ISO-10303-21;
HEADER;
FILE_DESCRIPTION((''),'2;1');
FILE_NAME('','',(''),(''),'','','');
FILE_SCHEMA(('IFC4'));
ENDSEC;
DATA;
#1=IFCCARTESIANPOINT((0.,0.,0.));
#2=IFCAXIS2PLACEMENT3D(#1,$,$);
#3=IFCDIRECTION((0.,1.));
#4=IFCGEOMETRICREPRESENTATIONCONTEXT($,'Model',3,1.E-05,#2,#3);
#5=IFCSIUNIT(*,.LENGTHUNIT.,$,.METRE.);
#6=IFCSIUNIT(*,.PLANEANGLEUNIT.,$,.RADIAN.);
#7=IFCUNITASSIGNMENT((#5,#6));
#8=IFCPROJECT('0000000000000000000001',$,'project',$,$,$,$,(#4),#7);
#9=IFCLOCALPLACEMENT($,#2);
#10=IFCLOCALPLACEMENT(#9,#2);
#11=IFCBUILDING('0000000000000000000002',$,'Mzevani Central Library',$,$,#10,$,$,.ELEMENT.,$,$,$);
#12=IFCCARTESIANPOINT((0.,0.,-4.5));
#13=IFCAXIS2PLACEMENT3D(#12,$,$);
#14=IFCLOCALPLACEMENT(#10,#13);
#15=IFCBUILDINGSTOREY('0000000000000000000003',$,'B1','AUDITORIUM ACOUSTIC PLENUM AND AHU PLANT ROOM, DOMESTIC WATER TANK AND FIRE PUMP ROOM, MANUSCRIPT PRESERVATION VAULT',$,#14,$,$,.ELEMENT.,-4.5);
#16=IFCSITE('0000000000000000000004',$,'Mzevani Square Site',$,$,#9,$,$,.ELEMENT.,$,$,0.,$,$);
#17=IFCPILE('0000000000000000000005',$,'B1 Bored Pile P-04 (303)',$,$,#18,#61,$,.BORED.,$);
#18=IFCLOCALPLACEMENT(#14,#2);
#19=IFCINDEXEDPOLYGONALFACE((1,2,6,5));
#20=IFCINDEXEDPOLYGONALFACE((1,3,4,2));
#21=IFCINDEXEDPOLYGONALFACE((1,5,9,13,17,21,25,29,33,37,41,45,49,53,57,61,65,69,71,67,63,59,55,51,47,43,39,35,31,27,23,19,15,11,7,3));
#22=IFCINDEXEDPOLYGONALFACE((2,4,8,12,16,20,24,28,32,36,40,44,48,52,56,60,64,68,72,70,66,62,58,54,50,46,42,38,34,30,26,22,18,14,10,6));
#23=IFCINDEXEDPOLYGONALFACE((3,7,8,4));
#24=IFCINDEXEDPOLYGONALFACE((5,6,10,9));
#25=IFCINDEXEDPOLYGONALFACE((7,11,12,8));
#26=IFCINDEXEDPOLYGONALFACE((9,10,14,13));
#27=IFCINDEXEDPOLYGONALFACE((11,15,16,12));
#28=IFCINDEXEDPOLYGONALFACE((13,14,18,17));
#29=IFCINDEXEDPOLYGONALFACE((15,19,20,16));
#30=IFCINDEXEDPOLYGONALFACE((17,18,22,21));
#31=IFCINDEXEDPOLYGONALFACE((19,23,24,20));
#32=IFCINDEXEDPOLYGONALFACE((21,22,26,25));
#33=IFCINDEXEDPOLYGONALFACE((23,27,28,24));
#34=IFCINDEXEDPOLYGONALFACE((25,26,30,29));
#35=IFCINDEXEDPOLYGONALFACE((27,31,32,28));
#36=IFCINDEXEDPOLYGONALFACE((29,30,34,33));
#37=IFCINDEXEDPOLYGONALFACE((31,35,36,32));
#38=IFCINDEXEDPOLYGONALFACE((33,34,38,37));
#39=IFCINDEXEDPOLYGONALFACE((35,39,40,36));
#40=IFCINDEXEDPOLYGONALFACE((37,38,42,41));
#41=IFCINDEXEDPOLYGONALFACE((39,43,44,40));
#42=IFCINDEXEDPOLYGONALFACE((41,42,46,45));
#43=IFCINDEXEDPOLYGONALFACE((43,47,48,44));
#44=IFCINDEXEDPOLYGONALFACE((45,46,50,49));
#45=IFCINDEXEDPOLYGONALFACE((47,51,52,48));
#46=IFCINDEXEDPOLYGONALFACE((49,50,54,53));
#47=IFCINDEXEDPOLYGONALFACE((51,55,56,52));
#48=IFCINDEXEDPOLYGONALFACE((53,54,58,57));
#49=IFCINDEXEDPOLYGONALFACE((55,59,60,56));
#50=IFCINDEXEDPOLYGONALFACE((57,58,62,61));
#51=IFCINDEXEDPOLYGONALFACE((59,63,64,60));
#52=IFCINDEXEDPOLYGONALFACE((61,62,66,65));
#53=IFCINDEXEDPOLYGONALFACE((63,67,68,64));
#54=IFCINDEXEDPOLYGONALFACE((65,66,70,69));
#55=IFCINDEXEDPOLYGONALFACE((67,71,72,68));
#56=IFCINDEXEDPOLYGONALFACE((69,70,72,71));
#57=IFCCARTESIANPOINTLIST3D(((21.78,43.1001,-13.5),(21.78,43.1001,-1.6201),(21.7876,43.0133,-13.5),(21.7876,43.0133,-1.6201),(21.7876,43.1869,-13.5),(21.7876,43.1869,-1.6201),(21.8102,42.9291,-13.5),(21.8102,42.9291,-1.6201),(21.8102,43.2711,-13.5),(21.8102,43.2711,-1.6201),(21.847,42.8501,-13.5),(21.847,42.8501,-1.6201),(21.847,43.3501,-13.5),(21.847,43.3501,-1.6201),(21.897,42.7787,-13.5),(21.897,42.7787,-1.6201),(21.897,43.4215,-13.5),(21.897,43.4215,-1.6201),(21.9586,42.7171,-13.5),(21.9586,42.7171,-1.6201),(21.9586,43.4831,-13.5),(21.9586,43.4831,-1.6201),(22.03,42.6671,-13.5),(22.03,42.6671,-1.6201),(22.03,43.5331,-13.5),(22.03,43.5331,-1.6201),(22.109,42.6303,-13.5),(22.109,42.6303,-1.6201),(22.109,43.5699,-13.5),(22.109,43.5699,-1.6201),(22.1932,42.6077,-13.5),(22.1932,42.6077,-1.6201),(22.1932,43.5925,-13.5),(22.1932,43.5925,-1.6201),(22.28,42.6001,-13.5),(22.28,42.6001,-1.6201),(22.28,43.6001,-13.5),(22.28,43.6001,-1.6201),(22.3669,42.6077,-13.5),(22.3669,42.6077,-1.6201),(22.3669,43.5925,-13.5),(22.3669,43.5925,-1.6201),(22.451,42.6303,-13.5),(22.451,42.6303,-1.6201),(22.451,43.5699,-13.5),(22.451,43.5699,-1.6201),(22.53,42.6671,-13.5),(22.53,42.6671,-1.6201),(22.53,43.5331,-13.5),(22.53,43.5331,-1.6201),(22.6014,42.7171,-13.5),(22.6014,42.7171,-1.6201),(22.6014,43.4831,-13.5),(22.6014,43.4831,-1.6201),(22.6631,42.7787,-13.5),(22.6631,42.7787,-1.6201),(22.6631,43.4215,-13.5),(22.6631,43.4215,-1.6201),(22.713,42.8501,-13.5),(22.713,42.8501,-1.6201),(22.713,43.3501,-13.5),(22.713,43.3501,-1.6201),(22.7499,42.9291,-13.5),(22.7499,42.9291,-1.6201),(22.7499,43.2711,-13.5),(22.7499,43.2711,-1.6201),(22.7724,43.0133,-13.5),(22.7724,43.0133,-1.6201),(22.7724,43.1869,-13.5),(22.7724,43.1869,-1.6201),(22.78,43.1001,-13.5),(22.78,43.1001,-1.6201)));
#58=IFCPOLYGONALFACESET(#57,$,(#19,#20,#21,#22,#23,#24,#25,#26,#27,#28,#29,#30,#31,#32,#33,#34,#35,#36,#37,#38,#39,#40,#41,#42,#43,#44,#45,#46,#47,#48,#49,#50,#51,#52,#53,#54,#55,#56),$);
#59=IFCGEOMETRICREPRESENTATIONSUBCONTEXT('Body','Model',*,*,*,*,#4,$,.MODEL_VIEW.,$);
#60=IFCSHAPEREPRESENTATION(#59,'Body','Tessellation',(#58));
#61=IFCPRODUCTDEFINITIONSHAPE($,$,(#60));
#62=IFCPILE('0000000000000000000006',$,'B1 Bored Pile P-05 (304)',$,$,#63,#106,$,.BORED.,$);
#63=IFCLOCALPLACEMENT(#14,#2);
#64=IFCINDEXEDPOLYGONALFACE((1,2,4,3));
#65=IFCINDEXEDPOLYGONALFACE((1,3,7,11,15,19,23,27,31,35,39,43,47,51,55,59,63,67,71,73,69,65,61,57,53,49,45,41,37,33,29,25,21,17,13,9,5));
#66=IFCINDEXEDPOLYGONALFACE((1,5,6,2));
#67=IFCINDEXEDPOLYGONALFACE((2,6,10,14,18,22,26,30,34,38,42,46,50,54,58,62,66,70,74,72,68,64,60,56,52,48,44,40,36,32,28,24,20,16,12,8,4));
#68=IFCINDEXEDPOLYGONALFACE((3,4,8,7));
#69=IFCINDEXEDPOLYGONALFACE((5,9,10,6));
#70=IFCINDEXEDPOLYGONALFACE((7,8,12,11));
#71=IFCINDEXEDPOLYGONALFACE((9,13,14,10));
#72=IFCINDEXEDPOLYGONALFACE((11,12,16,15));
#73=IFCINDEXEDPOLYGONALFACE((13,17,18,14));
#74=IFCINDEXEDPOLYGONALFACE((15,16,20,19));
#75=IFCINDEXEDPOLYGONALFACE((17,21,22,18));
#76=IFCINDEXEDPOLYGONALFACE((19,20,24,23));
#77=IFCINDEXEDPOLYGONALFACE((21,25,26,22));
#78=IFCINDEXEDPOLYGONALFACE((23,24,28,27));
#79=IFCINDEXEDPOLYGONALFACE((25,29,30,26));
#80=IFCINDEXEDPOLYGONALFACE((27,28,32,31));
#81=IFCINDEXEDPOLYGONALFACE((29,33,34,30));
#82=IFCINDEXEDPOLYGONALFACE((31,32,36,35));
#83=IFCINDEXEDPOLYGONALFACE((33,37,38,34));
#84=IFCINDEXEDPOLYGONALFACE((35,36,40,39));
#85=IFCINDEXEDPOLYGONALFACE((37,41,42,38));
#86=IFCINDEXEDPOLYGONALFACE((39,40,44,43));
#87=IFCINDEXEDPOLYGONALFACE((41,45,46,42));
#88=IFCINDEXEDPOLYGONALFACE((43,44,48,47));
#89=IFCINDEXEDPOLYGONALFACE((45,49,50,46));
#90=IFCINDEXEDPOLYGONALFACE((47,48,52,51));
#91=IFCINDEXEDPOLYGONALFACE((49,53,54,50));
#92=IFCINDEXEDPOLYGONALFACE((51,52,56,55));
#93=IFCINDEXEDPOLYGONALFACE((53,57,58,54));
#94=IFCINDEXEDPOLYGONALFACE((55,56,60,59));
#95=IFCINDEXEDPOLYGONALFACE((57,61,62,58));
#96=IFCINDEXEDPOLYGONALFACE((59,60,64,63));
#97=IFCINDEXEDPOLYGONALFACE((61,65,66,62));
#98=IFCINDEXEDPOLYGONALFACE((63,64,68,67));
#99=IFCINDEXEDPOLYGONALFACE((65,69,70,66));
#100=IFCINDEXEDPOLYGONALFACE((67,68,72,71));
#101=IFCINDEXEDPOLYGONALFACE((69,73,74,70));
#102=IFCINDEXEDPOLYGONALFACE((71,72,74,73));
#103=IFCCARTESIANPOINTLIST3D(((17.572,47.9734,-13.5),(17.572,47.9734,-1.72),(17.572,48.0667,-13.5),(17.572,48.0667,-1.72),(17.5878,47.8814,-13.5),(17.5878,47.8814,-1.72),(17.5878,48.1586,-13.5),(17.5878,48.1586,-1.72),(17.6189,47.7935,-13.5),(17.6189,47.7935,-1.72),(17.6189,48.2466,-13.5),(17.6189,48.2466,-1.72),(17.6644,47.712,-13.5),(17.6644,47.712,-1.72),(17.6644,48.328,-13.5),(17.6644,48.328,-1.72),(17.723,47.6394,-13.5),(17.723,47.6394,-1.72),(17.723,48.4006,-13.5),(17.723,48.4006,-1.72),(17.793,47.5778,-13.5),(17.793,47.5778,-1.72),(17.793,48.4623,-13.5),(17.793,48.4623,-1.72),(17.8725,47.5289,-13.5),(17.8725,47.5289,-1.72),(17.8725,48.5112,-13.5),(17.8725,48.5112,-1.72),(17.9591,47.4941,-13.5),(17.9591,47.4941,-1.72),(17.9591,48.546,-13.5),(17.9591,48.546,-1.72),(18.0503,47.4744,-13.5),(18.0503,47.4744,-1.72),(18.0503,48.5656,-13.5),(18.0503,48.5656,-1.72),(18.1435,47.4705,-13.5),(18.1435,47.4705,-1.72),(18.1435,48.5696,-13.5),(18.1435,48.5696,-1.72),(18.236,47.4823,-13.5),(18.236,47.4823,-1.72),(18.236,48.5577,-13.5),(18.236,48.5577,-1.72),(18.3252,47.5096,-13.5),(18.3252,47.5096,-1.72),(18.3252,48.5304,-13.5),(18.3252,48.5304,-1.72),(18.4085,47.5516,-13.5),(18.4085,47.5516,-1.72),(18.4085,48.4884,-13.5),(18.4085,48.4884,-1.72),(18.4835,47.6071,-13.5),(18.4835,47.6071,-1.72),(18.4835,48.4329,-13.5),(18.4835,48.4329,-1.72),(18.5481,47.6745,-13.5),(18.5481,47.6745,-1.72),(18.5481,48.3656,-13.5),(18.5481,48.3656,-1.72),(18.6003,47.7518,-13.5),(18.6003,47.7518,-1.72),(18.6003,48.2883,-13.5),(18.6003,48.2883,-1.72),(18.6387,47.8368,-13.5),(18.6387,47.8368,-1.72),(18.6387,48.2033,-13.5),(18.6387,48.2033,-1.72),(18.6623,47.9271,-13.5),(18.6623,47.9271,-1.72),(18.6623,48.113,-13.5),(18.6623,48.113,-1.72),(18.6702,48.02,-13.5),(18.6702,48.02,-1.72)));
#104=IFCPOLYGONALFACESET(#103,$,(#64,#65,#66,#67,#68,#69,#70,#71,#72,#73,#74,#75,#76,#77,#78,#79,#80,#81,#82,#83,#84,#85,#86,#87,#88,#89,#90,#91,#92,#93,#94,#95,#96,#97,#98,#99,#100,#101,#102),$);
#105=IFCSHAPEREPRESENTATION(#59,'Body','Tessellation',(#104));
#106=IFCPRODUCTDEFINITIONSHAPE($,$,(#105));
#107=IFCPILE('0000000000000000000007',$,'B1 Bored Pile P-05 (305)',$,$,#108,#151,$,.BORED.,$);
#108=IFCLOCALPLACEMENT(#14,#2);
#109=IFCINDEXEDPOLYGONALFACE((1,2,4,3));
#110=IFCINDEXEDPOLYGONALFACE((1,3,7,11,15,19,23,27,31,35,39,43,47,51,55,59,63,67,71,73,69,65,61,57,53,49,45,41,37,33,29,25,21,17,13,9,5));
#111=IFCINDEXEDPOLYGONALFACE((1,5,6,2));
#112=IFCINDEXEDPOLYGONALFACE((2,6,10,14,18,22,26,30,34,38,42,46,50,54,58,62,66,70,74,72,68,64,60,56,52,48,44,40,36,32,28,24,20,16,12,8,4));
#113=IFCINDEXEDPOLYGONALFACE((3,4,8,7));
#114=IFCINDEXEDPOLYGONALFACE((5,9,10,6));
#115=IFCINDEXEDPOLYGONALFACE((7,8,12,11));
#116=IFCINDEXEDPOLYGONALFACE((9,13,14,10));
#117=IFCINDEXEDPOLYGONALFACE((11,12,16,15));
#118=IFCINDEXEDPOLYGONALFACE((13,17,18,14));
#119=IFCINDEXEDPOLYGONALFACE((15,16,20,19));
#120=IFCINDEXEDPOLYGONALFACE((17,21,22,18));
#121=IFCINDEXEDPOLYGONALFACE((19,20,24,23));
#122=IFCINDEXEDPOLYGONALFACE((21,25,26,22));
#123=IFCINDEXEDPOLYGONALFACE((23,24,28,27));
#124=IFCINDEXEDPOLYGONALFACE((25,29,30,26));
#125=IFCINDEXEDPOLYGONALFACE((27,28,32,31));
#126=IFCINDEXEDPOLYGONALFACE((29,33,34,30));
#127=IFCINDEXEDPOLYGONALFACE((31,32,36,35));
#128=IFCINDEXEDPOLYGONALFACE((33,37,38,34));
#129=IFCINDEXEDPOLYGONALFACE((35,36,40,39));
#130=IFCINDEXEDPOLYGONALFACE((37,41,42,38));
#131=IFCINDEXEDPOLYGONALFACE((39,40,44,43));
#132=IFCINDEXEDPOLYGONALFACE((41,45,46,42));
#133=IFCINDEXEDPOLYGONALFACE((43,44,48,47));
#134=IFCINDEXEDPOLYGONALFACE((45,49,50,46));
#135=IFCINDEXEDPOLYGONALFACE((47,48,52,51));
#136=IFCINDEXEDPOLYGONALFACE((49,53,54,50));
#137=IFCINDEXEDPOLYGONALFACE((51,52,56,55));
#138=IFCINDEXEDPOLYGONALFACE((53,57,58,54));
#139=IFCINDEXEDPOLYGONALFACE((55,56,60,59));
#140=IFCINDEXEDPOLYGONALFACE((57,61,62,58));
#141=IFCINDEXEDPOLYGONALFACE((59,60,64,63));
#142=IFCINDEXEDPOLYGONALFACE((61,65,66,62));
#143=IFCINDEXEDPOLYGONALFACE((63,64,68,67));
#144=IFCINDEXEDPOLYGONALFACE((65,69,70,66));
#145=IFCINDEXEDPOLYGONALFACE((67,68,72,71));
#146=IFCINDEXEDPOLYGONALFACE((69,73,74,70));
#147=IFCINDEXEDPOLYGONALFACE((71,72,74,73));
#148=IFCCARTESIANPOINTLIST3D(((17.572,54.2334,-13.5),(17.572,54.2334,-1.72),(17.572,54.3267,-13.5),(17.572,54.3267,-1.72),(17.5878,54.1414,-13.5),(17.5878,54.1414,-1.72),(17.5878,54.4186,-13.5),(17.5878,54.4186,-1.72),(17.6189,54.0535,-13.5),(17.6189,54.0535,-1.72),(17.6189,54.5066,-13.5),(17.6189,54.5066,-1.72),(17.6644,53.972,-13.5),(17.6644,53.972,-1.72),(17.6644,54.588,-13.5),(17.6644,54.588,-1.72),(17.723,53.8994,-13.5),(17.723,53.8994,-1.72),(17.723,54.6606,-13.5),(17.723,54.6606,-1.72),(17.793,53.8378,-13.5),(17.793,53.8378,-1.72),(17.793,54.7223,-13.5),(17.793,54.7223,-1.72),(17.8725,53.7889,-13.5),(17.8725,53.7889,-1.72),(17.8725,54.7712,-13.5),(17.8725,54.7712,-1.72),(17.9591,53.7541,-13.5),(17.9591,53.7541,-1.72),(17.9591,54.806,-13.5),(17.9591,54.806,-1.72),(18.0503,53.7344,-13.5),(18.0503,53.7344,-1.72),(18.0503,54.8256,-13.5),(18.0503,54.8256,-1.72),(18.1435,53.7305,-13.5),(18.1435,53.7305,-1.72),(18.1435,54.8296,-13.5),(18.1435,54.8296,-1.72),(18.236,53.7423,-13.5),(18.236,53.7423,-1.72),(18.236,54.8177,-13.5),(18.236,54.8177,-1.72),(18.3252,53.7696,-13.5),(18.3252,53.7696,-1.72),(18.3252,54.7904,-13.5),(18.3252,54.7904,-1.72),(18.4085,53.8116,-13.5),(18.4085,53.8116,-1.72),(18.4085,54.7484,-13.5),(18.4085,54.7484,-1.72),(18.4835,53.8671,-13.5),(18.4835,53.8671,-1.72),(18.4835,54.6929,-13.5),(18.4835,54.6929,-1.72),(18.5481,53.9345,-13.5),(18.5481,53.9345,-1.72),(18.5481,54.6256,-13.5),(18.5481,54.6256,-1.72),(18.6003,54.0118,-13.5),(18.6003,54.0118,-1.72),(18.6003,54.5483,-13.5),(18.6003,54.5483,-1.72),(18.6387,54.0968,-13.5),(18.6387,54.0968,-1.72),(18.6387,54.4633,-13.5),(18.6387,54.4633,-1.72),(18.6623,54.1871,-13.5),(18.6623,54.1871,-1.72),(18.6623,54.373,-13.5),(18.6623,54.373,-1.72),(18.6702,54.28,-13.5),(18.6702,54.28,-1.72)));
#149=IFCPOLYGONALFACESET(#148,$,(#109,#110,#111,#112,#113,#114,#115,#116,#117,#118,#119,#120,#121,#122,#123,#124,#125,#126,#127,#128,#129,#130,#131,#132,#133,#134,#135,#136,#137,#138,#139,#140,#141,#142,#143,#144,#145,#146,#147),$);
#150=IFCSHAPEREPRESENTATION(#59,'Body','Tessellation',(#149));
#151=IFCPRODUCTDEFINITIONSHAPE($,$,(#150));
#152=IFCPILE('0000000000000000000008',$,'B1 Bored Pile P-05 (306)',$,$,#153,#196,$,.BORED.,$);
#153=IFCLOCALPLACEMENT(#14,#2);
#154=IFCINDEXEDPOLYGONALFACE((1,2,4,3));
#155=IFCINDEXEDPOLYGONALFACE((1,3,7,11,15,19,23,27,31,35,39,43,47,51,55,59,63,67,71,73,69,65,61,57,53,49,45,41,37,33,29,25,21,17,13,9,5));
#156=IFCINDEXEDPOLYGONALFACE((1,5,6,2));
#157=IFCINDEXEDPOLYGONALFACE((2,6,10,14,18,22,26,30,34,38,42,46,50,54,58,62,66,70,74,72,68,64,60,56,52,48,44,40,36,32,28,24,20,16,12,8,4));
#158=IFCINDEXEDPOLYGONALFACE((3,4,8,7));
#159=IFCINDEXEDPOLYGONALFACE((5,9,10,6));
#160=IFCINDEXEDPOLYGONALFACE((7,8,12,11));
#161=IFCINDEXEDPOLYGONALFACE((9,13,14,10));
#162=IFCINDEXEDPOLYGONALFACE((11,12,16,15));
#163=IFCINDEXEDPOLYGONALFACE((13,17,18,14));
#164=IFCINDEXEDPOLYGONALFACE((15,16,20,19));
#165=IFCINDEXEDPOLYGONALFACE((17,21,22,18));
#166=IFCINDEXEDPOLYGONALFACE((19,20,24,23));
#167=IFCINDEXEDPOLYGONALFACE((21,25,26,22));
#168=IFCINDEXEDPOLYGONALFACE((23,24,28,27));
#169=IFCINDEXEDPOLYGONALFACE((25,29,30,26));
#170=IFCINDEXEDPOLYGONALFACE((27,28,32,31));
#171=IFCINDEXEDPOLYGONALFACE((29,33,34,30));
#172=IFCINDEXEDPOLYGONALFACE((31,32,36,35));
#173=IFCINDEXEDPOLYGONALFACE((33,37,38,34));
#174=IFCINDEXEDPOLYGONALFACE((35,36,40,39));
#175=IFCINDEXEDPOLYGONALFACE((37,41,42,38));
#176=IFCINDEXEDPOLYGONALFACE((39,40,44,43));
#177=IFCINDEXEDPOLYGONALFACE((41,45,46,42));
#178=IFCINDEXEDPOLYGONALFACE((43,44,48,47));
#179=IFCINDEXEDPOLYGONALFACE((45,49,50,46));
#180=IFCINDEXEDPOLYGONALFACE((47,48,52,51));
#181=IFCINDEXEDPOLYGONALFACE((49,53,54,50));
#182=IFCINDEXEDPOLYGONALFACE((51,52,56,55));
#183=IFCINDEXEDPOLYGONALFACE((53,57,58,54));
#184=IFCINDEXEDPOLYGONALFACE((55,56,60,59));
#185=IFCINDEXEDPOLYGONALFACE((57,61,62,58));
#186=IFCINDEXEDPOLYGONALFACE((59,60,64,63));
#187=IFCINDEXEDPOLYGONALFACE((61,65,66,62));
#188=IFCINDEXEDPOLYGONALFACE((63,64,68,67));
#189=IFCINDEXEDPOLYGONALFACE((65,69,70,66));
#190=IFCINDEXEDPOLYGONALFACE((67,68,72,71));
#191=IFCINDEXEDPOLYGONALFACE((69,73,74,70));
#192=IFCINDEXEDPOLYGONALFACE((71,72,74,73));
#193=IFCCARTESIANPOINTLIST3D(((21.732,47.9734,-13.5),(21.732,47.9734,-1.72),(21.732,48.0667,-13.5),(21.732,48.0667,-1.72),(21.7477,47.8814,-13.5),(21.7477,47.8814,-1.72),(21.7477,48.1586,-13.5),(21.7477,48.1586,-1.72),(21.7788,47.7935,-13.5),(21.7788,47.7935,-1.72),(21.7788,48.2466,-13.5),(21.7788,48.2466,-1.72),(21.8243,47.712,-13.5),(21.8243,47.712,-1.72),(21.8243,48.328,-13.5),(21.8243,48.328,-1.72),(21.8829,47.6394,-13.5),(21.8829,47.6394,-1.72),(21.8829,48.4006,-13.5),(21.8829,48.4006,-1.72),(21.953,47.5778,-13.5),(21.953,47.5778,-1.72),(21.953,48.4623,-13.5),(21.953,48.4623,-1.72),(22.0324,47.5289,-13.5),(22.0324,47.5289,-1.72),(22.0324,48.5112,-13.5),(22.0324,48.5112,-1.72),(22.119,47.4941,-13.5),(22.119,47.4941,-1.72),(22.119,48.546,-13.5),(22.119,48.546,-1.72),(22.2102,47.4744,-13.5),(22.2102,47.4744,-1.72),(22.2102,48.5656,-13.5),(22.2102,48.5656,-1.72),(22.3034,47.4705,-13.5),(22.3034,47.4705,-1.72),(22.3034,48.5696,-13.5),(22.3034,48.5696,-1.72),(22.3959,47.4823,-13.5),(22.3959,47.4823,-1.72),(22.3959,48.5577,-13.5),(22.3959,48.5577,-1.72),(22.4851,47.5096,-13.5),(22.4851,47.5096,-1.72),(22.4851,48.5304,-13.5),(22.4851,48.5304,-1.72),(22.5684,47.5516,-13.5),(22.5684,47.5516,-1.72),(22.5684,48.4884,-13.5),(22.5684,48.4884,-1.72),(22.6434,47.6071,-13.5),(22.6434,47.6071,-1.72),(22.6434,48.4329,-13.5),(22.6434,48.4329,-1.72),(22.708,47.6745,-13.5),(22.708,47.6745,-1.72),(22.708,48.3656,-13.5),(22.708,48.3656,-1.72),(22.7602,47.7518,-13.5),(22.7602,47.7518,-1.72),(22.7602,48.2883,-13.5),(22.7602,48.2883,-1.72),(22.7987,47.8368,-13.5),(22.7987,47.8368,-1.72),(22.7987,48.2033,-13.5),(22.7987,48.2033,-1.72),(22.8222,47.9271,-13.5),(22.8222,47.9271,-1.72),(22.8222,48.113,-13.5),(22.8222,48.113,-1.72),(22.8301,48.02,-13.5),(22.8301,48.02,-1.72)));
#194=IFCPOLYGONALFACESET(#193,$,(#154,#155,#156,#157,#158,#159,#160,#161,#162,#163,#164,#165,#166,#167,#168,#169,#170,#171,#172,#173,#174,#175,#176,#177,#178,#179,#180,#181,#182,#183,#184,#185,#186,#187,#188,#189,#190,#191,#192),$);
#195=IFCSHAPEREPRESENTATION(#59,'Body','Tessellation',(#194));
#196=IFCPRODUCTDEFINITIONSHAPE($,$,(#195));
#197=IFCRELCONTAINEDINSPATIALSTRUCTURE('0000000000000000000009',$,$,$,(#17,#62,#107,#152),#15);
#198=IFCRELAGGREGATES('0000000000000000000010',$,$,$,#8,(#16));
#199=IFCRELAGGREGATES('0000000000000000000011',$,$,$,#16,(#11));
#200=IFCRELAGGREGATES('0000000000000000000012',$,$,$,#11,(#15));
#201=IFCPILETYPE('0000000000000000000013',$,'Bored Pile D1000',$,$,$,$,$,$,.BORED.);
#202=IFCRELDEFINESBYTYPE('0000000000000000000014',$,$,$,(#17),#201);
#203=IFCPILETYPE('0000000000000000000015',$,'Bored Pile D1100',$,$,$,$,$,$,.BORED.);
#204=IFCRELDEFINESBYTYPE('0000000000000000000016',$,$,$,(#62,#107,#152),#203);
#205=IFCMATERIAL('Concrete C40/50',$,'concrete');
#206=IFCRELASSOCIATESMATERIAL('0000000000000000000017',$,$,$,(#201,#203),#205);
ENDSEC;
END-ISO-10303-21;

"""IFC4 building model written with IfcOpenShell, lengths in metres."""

from ifc_helpers import new_model, si_unit, direction, frame, origin, origin_2d, place, context, subcontext, project, spatial, circle, extrude, material, material_profile, profile_set, type_object, element, save


model = new_model("IFC4")

# Units and contexts
model_context = context("Model", 3, precision=1e-05, world=origin(), true_north=direction((0.0, 1.0)))
body_context = subcontext(model_context, "Body", "Model", "MODEL_VIEW")
ifc_project = project(units=[si_unit("LENGTHUNIT", "METRE"), si_unit("PLANEANGLEUNIT", "RADIAN")], contexts=[model_context])

# Site, building, storey
site_placement = place(None, origin())
site = spatial("IfcSite", under=ifc_project, at=site_placement, Name="Mzevani Square Site", CompositionType="ELEMENT", RefElevation=0.0)
building_placement = place(site_placement, origin())
building = spatial("IfcBuilding", under=site, at=building_placement, Name="Mzevani Central Library", CompositionType="ELEMENT")
storey_placement = place(building_placement, frame((0.0, 0.0, -4.5)))
storey = spatial("IfcBuildingStorey", under=building, at=storey_placement, Name="B1", Description="AUDITORIUM ACOUSTIC PLENUM AND AHU PLANT ROOM, DOMESTIC WATER TANK AND FIRE PUMP ROOM, MANUSCRIPT PRESERVATION VAULT", CompositionType="ELEMENT", Elevation=-4.5)

# Piles
ifc_material_1 = material(Name="Concrete C40/50", Category="concrete")
ifc_material_profile_1 = material_profile(ifc_material_1, circle(Radius=0.5, at=origin_2d()), Name="PILE D1000")
ifc_profile_set_1 = profile_set([ifc_material_profile_1], Name="Concrete C40/50")
pile_type_1 = type_object("IfcPileType", Name="Bored Pile D1000", PredefinedType="BORED", material=ifc_profile_set_1)
pile_placement = place(storey_placement, frame((22.28, 43.1001, -1.6201), z_axis=(0.0, 0.0, -1.0), x_axis=(1.0, 0.0, 0.0)))
element("IfcPile", 1, at=pile_placement, inside=storey, type_object=pile_type_1, Name="B1 Bored Pile P-04 (303)", PredefinedType="BORED", context=body_context, shape_type="SweptSolid", body=[
    extrude(circle(Radius=0.5, at=origin_2d()), origin(), (0.0, 0.0, 1.0), 11.8799),
])
ifc_material_profile_2 = material_profile(ifc_material_1, circle(Radius=0.55, at=origin_2d()), Name="PILE D1100")
ifc_profile_set_2 = profile_set([ifc_material_profile_2], Name="Concrete C40/50")
pile_type_2 = type_object("IfcPileType", Name="Bored Pile D1100", PredefinedType="BORED", material=ifc_profile_set_2)
for number, where, z_axis, x_axis, name in (
    (2, (18.1201, 48.02, -1.72), (0.0, 0.0, -1.0), (1.0, 0.0, 0.0), "B1 Bored Pile P-05 (304)"),
    (3, (18.1201, 54.28, -1.72), (0.0, 0.0, -1.0), (1.0, 0.0, 0.0), "B1 Bored Pile P-05 (305)"),
    (4, (22.28, 48.02, -1.72), (0.0, 0.0, -1.0), (1.0, 0.0, 0.0), "B1 Bored Pile P-05 (306)"),
):
    element("IfcPile", number, at=place(storey_placement, frame(where, z_axis=z_axis, x_axis=x_axis)), inside=storey, type_object=pile_type_2, Name=name, PredefinedType="BORED", context=body_context, shape_type="SweptSolid", body=[
        extrude(circle(Radius=0.55, at=origin_2d()), origin(), (0.0, 0.0, 1.0), 11.78),
    ])

save(model, "model.ifc")
